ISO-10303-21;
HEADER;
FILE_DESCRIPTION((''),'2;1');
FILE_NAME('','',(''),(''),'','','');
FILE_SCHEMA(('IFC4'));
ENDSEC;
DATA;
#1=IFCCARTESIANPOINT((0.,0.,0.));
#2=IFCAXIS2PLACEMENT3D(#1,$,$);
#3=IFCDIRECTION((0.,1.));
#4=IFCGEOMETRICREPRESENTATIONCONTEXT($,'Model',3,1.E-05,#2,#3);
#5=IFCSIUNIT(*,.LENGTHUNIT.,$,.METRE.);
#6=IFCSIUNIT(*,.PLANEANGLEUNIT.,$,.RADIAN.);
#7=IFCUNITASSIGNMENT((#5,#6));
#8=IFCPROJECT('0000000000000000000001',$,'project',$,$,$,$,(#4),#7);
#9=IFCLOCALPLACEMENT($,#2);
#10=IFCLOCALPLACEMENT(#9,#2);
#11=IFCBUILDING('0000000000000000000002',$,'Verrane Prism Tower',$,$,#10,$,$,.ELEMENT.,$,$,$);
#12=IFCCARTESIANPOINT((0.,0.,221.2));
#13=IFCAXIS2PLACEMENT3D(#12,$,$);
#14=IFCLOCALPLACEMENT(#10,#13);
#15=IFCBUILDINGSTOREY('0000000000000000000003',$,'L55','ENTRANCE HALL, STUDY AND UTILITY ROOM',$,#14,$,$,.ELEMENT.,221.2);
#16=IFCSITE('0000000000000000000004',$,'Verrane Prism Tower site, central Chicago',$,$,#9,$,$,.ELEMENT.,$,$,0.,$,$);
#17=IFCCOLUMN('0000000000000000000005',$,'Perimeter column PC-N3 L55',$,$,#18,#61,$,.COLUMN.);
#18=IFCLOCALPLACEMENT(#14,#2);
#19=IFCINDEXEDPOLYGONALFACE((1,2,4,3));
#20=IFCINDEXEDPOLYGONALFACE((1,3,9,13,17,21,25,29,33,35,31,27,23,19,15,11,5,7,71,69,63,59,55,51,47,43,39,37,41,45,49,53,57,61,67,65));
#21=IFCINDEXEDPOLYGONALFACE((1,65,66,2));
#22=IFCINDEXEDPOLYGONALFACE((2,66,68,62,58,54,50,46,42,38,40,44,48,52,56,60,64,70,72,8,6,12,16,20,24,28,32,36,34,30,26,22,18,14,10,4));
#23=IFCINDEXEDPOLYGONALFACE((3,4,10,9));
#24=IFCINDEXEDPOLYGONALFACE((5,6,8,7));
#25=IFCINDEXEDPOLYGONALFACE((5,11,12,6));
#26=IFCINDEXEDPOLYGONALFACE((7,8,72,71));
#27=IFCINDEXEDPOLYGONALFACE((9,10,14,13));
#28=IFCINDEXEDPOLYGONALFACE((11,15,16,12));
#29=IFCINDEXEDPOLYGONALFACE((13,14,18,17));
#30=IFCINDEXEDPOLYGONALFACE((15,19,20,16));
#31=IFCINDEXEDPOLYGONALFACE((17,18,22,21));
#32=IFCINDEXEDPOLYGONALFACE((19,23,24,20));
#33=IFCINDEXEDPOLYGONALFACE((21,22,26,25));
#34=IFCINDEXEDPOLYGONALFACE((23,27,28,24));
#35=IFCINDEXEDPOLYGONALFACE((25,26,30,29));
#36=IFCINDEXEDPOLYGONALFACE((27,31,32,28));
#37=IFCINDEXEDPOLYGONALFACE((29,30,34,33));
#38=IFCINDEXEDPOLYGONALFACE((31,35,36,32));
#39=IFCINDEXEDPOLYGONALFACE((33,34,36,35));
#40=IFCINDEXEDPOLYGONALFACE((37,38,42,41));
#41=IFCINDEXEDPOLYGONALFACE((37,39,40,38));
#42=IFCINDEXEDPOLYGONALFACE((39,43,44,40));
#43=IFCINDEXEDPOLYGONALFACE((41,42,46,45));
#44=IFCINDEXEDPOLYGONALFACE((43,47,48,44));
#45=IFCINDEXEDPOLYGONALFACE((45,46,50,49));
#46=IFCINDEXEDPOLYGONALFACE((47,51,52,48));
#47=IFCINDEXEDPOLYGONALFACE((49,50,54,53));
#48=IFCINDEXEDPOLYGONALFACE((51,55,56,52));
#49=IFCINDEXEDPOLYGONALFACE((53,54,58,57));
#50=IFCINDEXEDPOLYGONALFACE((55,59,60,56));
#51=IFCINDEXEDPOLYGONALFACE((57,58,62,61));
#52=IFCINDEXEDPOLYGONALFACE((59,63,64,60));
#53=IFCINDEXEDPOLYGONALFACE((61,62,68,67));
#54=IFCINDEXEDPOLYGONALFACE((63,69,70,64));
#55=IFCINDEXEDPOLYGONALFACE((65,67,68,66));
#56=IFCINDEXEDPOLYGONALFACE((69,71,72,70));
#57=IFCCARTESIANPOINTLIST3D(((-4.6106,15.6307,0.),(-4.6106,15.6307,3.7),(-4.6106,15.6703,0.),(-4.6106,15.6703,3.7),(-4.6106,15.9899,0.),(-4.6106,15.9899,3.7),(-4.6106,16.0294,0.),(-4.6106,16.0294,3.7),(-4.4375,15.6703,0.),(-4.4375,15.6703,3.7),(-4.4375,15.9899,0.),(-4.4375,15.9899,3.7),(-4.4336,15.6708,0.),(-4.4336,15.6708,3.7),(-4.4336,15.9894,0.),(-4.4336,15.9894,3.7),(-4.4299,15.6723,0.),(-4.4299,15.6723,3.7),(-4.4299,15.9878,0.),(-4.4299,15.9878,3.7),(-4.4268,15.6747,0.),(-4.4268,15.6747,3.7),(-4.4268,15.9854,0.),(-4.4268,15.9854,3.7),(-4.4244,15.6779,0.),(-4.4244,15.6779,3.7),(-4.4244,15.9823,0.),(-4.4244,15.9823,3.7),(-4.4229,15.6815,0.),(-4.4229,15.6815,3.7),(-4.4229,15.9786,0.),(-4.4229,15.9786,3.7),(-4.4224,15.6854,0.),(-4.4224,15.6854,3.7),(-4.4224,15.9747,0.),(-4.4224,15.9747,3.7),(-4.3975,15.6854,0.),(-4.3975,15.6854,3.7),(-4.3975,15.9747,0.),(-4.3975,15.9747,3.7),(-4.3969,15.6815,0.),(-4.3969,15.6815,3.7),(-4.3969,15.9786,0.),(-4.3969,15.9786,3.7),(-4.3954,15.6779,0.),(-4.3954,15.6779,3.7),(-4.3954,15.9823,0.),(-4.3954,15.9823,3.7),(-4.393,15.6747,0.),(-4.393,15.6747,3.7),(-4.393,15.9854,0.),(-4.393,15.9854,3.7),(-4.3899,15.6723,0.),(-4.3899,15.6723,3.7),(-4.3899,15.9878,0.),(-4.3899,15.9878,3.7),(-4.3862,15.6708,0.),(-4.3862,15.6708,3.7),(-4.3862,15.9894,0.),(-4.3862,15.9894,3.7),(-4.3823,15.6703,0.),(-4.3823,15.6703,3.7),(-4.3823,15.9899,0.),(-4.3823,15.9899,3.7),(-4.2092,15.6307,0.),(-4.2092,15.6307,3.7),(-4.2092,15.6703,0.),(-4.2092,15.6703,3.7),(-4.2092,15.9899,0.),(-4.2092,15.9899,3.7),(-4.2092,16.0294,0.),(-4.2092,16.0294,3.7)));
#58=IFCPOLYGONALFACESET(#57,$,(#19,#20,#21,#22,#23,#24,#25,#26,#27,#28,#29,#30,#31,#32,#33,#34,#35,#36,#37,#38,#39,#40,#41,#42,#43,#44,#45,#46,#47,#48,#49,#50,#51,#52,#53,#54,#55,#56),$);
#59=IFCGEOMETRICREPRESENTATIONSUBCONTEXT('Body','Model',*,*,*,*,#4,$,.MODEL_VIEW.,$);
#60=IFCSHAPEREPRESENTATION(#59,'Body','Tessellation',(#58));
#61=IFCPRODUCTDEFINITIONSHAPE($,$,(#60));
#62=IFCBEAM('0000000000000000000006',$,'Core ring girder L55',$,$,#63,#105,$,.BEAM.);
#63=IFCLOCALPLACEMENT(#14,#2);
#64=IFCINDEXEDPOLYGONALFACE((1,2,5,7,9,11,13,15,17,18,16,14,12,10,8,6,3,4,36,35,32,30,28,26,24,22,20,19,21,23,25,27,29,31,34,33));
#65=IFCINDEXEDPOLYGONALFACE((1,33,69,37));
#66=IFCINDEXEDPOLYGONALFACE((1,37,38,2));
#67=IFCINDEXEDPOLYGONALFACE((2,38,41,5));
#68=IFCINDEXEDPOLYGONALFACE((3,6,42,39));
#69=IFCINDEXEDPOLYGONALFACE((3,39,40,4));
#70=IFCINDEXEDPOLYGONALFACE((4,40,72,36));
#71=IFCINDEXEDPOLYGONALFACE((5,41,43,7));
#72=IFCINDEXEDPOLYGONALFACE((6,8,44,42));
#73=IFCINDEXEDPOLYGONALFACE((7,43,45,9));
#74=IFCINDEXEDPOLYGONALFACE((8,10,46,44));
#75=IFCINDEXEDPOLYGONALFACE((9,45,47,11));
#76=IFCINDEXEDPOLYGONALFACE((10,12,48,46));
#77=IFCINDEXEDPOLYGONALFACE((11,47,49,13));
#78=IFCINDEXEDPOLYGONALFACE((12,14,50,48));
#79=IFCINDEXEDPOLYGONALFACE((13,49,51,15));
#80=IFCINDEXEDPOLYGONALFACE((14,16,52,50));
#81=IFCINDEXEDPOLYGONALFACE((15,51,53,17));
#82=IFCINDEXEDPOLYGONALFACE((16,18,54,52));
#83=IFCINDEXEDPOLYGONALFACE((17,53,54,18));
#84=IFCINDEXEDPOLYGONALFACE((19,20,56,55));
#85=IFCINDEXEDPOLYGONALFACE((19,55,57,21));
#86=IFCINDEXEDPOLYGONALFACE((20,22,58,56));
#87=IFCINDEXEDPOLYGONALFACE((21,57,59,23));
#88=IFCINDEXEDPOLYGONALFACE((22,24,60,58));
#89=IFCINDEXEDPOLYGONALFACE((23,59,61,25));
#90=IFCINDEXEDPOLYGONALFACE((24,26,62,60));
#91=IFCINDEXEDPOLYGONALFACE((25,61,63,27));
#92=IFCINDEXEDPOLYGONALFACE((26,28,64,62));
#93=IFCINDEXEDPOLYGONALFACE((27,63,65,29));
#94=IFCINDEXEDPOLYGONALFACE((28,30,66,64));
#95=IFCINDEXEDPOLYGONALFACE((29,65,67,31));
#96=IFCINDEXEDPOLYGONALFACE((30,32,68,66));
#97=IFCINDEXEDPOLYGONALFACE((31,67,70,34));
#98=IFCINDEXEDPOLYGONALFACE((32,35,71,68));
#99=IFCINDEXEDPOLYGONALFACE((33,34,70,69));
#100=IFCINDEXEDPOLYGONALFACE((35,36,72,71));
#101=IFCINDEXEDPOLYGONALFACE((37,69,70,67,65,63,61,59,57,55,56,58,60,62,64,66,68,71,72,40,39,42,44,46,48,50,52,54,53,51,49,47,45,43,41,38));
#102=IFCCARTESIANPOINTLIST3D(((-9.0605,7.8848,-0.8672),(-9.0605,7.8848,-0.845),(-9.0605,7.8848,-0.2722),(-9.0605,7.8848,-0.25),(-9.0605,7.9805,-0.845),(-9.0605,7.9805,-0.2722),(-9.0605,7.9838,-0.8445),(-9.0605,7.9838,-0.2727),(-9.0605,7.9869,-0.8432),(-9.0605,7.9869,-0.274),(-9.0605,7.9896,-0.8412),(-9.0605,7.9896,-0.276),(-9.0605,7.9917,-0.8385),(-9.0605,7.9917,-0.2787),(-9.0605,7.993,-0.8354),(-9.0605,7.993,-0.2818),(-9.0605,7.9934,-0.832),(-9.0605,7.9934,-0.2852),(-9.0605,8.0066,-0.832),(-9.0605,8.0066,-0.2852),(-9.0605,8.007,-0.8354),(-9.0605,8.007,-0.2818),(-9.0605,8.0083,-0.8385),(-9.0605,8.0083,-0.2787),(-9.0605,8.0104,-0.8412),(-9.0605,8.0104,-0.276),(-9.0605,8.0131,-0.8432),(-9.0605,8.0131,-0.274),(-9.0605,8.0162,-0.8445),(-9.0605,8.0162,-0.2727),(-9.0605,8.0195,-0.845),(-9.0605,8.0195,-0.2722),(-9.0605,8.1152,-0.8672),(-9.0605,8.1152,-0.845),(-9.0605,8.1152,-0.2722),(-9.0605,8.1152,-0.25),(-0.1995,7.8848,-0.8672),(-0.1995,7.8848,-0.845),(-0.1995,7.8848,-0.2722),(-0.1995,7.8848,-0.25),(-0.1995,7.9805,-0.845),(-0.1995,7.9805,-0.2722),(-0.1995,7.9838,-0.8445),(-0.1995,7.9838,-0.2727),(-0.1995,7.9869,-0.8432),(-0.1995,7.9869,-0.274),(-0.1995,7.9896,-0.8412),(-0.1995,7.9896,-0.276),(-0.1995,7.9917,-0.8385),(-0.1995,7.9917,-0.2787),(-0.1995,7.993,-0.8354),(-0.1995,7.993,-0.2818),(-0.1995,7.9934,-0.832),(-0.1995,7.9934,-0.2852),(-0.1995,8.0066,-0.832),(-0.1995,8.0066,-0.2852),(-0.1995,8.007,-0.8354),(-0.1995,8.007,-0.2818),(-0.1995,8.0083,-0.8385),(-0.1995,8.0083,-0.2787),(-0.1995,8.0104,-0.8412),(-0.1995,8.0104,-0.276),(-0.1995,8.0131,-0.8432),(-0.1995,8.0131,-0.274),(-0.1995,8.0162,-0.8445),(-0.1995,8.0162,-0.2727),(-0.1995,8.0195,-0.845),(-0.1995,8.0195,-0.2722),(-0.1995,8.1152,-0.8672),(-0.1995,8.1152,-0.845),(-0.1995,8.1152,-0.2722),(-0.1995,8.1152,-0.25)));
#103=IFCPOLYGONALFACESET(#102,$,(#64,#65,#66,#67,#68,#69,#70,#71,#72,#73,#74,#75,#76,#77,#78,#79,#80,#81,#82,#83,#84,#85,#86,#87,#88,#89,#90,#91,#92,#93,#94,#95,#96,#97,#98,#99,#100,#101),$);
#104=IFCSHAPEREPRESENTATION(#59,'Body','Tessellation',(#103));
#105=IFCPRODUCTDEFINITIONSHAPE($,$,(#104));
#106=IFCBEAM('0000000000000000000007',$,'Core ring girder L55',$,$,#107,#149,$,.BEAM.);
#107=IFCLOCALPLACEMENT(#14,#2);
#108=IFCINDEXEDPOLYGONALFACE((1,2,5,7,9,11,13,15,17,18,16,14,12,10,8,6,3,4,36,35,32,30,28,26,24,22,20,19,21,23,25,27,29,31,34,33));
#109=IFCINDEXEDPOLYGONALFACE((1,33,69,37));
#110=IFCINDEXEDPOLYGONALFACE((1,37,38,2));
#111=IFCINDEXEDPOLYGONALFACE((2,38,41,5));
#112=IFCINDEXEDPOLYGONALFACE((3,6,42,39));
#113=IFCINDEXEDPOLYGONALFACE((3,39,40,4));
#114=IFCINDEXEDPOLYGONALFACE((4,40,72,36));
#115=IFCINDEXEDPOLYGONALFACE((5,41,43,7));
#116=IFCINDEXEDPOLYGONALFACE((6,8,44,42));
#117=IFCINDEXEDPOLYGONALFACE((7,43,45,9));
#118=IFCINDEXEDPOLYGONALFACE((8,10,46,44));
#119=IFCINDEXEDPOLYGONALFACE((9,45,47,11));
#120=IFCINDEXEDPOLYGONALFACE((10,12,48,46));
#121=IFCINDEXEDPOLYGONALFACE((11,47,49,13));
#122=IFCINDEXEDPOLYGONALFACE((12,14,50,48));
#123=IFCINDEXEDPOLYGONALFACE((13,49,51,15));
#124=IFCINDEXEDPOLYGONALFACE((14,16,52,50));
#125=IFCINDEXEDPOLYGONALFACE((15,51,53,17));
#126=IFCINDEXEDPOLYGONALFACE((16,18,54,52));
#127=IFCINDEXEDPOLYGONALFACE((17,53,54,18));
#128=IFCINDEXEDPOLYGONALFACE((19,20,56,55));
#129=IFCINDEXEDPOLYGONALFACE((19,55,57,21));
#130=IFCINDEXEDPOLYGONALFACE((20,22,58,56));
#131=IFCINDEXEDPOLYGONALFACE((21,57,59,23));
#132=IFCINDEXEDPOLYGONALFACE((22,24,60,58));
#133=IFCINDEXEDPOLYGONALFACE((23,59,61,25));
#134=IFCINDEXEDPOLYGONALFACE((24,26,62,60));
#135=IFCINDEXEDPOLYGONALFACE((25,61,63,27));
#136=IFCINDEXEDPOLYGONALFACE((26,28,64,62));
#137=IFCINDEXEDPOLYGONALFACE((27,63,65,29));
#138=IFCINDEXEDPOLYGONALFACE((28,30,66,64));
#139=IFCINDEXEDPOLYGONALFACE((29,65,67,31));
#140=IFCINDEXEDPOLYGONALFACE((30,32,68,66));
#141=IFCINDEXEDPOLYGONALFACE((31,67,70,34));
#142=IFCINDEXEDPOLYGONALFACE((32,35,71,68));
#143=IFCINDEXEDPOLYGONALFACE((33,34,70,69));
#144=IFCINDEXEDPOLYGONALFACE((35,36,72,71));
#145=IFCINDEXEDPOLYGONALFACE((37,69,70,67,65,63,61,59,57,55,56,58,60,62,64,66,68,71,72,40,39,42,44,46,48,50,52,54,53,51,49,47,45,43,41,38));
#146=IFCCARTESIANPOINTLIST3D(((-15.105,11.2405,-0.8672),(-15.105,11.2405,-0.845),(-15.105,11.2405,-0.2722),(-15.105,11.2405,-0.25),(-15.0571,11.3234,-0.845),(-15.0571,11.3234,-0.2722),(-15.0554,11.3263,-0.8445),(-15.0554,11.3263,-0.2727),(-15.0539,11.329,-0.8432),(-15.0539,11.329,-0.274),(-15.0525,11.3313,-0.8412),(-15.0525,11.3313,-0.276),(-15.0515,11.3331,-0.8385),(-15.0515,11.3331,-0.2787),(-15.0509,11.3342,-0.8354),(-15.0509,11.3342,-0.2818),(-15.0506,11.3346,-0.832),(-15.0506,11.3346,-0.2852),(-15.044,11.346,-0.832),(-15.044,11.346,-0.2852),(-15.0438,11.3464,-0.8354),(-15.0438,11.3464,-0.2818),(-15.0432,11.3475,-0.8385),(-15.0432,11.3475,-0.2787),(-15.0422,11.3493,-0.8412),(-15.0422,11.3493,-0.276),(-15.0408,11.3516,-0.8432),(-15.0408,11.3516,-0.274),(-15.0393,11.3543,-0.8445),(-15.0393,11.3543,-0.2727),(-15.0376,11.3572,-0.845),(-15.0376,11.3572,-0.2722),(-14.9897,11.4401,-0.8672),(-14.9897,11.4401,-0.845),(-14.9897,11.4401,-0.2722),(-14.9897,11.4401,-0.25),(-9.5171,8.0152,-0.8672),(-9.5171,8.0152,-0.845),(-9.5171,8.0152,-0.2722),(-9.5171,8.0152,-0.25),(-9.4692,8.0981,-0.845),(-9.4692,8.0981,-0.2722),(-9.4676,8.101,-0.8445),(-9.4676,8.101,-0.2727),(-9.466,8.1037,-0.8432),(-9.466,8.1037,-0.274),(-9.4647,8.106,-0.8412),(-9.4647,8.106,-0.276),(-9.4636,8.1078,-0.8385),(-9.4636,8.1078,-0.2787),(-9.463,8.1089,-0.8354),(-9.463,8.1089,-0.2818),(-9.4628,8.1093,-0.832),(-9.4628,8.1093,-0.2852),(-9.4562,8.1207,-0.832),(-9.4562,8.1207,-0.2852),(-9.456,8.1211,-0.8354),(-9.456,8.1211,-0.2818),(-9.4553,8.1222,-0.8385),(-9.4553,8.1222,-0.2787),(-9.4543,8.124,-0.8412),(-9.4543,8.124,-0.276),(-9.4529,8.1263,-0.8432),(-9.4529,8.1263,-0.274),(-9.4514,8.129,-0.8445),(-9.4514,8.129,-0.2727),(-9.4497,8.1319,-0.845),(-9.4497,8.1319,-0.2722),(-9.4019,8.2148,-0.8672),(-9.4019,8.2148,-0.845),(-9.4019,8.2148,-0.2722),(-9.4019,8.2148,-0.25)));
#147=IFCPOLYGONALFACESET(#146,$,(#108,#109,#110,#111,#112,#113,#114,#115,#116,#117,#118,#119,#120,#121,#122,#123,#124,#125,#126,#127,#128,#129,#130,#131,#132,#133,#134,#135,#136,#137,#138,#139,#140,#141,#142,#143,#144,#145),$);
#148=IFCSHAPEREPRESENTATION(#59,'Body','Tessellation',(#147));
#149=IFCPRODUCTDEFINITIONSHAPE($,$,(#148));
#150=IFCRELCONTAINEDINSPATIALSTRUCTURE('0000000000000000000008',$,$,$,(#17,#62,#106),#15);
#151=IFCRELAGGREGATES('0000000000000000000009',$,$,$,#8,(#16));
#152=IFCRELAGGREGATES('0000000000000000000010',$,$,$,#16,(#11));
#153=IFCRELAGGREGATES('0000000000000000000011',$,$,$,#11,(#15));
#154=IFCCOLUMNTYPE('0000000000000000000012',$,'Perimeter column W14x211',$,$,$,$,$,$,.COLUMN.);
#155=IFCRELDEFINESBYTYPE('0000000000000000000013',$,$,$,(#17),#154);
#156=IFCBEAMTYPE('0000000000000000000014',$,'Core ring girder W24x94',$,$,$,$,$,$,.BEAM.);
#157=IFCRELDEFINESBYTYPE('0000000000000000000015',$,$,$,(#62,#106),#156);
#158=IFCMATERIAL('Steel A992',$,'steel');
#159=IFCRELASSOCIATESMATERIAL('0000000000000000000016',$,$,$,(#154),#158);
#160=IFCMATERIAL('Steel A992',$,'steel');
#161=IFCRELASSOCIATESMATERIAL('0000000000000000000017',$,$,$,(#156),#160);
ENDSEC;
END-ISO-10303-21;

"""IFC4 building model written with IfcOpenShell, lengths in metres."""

from ifc_helpers import new_model, si_unit, direction, frame, origin, origin_2d, place, context, subcontext, project, spatial, i_section, extrude, material, material_profile, profile_set, type_object, element, save


model = new_model("IFC4")

# Units and contexts
model_context = context("Model", 3, precision=1e-05, world=origin(), true_north=direction((0.0, 1.0)))
body_context = subcontext(model_context, "Body", "Model", "MODEL_VIEW")
ifc_project = project(units=[si_unit("LENGTHUNIT", "METRE"), si_unit("PLANEANGLEUNIT", "RADIAN")], contexts=[model_context])

# Site, building, storey
site_placement = place(None, origin())
site = spatial("IfcSite", under=ifc_project, at=site_placement, Name="Verrane Prism Tower site, central Chicago", CompositionType="ELEMENT", RefElevation=0.0)
building_placement = place(site_placement, origin())
building = spatial("IfcBuilding", under=site, at=building_placement, Name="Verrane Prism Tower", CompositionType="ELEMENT")
storey_placement = place(building_placement, frame((0.0, 0.0, 221.2)))
storey = spatial("IfcBuildingStorey", under=building, at=storey_placement, Name="L55", Description="ENTRANCE HALL, STUDY AND UTILITY ROOM", CompositionType="ELEMENT", Elevation=221.2)

# Column
ifc_material_1 = material(Name="Steel A992", Category="steel")
ifc_material_profile_1 = material_profile(ifc_material_1, i_section(OverallWidth=0.4014, OverallDepth=0.3987, WebThickness=0.0249, FlangeThickness=0.0396, FilletRadius=0.0151, at=origin_2d()), Name="W14x211")
ifc_profile_set_1 = profile_set([ifc_material_profile_1], Name="Steel A992")
column_type = type_object("IfcColumnType", Name="Perimeter column W14x211", PredefinedType="COLUMN", material=ifc_profile_set_1)
column_placement = place(storey_placement, frame((-4.4099, 15.8301, 0.0), z_axis=(0.0, 0.0, 1.0), x_axis=(1.0, 0.0, 0.0)))
element("IfcColumn", 1, at=column_placement, inside=storey, type_object=column_type, Name="Perimeter column PC-N3 L55", PredefinedType="COLUMN", context=body_context, shape_type="SweptSolid", body=[
    extrude(i_section(OverallWidth=0.4014, OverallDepth=0.3987, WebThickness=0.0249, FlangeThickness=0.0396, FilletRadius=0.0151, at=origin_2d()), origin(), (0.0, 0.0, 1.0), 3.7),
])

# Beams
ifc_material_2 = material(Name="Steel A992", Category="steel")
ifc_material_profile_2 = material_profile(ifc_material_2, i_section(OverallWidth=0.2305, OverallDepth=0.6172, WebThickness=0.0132, FlangeThickness=0.0222, FilletRadius=0.0129, at=origin_2d()), Name="W24x94")
ifc_profile_set_2 = profile_set([ifc_material_profile_2], Name="Steel A992")
beam_type_1 = type_object("IfcBeamType", Name="Core ring girder W24x94", PredefinedType="BEAM", material=ifc_profile_set_2)
beam_1_placement = place(storey_placement, frame((-0.1995, 8.0, -0.5586), z_axis=(-1.0, 0.0, 0.0), x_axis=(0.0, -1.0, 0.0)))
element("IfcBeam", 2, at=beam_1_placement, inside=storey, type_object=beam_type_1, Name="Core ring girder L55", PredefinedType="BEAM", context=body_context, shape_type="SweptSolid", body=[
    extrude(i_section(OverallWidth=0.2305, OverallDepth=0.6172, WebThickness=0.0132, FlangeThickness=0.0222, FilletRadius=0.0129, at=origin_2d()), origin(), (0.0, 0.0, 1.0), 8.8611),
])
beam_2_placement = place(storey_placement, frame((-9.4595, 8.115, -0.5586), z_axis=(-0.866081, 0.499904, 0.0), x_axis=(-0.499904, -0.866081, 0.0)))
element("IfcBeam", 3, at=beam_2_placement, inside=storey, type_object=beam_type_1, Name="Core ring girder L55", PredefinedType="BEAM", context=body_context, shape_type="SweptSolid", body=[
    extrude(i_section(OverallWidth=0.2305, OverallDepth=0.6172, WebThickness=0.0132, FlangeThickness=0.0222, FilletRadius=0.0129, at=origin_2d()), origin(), (0.0, 0.0, 1.0), 6.4519),
])

save(model, "model.ifc")
